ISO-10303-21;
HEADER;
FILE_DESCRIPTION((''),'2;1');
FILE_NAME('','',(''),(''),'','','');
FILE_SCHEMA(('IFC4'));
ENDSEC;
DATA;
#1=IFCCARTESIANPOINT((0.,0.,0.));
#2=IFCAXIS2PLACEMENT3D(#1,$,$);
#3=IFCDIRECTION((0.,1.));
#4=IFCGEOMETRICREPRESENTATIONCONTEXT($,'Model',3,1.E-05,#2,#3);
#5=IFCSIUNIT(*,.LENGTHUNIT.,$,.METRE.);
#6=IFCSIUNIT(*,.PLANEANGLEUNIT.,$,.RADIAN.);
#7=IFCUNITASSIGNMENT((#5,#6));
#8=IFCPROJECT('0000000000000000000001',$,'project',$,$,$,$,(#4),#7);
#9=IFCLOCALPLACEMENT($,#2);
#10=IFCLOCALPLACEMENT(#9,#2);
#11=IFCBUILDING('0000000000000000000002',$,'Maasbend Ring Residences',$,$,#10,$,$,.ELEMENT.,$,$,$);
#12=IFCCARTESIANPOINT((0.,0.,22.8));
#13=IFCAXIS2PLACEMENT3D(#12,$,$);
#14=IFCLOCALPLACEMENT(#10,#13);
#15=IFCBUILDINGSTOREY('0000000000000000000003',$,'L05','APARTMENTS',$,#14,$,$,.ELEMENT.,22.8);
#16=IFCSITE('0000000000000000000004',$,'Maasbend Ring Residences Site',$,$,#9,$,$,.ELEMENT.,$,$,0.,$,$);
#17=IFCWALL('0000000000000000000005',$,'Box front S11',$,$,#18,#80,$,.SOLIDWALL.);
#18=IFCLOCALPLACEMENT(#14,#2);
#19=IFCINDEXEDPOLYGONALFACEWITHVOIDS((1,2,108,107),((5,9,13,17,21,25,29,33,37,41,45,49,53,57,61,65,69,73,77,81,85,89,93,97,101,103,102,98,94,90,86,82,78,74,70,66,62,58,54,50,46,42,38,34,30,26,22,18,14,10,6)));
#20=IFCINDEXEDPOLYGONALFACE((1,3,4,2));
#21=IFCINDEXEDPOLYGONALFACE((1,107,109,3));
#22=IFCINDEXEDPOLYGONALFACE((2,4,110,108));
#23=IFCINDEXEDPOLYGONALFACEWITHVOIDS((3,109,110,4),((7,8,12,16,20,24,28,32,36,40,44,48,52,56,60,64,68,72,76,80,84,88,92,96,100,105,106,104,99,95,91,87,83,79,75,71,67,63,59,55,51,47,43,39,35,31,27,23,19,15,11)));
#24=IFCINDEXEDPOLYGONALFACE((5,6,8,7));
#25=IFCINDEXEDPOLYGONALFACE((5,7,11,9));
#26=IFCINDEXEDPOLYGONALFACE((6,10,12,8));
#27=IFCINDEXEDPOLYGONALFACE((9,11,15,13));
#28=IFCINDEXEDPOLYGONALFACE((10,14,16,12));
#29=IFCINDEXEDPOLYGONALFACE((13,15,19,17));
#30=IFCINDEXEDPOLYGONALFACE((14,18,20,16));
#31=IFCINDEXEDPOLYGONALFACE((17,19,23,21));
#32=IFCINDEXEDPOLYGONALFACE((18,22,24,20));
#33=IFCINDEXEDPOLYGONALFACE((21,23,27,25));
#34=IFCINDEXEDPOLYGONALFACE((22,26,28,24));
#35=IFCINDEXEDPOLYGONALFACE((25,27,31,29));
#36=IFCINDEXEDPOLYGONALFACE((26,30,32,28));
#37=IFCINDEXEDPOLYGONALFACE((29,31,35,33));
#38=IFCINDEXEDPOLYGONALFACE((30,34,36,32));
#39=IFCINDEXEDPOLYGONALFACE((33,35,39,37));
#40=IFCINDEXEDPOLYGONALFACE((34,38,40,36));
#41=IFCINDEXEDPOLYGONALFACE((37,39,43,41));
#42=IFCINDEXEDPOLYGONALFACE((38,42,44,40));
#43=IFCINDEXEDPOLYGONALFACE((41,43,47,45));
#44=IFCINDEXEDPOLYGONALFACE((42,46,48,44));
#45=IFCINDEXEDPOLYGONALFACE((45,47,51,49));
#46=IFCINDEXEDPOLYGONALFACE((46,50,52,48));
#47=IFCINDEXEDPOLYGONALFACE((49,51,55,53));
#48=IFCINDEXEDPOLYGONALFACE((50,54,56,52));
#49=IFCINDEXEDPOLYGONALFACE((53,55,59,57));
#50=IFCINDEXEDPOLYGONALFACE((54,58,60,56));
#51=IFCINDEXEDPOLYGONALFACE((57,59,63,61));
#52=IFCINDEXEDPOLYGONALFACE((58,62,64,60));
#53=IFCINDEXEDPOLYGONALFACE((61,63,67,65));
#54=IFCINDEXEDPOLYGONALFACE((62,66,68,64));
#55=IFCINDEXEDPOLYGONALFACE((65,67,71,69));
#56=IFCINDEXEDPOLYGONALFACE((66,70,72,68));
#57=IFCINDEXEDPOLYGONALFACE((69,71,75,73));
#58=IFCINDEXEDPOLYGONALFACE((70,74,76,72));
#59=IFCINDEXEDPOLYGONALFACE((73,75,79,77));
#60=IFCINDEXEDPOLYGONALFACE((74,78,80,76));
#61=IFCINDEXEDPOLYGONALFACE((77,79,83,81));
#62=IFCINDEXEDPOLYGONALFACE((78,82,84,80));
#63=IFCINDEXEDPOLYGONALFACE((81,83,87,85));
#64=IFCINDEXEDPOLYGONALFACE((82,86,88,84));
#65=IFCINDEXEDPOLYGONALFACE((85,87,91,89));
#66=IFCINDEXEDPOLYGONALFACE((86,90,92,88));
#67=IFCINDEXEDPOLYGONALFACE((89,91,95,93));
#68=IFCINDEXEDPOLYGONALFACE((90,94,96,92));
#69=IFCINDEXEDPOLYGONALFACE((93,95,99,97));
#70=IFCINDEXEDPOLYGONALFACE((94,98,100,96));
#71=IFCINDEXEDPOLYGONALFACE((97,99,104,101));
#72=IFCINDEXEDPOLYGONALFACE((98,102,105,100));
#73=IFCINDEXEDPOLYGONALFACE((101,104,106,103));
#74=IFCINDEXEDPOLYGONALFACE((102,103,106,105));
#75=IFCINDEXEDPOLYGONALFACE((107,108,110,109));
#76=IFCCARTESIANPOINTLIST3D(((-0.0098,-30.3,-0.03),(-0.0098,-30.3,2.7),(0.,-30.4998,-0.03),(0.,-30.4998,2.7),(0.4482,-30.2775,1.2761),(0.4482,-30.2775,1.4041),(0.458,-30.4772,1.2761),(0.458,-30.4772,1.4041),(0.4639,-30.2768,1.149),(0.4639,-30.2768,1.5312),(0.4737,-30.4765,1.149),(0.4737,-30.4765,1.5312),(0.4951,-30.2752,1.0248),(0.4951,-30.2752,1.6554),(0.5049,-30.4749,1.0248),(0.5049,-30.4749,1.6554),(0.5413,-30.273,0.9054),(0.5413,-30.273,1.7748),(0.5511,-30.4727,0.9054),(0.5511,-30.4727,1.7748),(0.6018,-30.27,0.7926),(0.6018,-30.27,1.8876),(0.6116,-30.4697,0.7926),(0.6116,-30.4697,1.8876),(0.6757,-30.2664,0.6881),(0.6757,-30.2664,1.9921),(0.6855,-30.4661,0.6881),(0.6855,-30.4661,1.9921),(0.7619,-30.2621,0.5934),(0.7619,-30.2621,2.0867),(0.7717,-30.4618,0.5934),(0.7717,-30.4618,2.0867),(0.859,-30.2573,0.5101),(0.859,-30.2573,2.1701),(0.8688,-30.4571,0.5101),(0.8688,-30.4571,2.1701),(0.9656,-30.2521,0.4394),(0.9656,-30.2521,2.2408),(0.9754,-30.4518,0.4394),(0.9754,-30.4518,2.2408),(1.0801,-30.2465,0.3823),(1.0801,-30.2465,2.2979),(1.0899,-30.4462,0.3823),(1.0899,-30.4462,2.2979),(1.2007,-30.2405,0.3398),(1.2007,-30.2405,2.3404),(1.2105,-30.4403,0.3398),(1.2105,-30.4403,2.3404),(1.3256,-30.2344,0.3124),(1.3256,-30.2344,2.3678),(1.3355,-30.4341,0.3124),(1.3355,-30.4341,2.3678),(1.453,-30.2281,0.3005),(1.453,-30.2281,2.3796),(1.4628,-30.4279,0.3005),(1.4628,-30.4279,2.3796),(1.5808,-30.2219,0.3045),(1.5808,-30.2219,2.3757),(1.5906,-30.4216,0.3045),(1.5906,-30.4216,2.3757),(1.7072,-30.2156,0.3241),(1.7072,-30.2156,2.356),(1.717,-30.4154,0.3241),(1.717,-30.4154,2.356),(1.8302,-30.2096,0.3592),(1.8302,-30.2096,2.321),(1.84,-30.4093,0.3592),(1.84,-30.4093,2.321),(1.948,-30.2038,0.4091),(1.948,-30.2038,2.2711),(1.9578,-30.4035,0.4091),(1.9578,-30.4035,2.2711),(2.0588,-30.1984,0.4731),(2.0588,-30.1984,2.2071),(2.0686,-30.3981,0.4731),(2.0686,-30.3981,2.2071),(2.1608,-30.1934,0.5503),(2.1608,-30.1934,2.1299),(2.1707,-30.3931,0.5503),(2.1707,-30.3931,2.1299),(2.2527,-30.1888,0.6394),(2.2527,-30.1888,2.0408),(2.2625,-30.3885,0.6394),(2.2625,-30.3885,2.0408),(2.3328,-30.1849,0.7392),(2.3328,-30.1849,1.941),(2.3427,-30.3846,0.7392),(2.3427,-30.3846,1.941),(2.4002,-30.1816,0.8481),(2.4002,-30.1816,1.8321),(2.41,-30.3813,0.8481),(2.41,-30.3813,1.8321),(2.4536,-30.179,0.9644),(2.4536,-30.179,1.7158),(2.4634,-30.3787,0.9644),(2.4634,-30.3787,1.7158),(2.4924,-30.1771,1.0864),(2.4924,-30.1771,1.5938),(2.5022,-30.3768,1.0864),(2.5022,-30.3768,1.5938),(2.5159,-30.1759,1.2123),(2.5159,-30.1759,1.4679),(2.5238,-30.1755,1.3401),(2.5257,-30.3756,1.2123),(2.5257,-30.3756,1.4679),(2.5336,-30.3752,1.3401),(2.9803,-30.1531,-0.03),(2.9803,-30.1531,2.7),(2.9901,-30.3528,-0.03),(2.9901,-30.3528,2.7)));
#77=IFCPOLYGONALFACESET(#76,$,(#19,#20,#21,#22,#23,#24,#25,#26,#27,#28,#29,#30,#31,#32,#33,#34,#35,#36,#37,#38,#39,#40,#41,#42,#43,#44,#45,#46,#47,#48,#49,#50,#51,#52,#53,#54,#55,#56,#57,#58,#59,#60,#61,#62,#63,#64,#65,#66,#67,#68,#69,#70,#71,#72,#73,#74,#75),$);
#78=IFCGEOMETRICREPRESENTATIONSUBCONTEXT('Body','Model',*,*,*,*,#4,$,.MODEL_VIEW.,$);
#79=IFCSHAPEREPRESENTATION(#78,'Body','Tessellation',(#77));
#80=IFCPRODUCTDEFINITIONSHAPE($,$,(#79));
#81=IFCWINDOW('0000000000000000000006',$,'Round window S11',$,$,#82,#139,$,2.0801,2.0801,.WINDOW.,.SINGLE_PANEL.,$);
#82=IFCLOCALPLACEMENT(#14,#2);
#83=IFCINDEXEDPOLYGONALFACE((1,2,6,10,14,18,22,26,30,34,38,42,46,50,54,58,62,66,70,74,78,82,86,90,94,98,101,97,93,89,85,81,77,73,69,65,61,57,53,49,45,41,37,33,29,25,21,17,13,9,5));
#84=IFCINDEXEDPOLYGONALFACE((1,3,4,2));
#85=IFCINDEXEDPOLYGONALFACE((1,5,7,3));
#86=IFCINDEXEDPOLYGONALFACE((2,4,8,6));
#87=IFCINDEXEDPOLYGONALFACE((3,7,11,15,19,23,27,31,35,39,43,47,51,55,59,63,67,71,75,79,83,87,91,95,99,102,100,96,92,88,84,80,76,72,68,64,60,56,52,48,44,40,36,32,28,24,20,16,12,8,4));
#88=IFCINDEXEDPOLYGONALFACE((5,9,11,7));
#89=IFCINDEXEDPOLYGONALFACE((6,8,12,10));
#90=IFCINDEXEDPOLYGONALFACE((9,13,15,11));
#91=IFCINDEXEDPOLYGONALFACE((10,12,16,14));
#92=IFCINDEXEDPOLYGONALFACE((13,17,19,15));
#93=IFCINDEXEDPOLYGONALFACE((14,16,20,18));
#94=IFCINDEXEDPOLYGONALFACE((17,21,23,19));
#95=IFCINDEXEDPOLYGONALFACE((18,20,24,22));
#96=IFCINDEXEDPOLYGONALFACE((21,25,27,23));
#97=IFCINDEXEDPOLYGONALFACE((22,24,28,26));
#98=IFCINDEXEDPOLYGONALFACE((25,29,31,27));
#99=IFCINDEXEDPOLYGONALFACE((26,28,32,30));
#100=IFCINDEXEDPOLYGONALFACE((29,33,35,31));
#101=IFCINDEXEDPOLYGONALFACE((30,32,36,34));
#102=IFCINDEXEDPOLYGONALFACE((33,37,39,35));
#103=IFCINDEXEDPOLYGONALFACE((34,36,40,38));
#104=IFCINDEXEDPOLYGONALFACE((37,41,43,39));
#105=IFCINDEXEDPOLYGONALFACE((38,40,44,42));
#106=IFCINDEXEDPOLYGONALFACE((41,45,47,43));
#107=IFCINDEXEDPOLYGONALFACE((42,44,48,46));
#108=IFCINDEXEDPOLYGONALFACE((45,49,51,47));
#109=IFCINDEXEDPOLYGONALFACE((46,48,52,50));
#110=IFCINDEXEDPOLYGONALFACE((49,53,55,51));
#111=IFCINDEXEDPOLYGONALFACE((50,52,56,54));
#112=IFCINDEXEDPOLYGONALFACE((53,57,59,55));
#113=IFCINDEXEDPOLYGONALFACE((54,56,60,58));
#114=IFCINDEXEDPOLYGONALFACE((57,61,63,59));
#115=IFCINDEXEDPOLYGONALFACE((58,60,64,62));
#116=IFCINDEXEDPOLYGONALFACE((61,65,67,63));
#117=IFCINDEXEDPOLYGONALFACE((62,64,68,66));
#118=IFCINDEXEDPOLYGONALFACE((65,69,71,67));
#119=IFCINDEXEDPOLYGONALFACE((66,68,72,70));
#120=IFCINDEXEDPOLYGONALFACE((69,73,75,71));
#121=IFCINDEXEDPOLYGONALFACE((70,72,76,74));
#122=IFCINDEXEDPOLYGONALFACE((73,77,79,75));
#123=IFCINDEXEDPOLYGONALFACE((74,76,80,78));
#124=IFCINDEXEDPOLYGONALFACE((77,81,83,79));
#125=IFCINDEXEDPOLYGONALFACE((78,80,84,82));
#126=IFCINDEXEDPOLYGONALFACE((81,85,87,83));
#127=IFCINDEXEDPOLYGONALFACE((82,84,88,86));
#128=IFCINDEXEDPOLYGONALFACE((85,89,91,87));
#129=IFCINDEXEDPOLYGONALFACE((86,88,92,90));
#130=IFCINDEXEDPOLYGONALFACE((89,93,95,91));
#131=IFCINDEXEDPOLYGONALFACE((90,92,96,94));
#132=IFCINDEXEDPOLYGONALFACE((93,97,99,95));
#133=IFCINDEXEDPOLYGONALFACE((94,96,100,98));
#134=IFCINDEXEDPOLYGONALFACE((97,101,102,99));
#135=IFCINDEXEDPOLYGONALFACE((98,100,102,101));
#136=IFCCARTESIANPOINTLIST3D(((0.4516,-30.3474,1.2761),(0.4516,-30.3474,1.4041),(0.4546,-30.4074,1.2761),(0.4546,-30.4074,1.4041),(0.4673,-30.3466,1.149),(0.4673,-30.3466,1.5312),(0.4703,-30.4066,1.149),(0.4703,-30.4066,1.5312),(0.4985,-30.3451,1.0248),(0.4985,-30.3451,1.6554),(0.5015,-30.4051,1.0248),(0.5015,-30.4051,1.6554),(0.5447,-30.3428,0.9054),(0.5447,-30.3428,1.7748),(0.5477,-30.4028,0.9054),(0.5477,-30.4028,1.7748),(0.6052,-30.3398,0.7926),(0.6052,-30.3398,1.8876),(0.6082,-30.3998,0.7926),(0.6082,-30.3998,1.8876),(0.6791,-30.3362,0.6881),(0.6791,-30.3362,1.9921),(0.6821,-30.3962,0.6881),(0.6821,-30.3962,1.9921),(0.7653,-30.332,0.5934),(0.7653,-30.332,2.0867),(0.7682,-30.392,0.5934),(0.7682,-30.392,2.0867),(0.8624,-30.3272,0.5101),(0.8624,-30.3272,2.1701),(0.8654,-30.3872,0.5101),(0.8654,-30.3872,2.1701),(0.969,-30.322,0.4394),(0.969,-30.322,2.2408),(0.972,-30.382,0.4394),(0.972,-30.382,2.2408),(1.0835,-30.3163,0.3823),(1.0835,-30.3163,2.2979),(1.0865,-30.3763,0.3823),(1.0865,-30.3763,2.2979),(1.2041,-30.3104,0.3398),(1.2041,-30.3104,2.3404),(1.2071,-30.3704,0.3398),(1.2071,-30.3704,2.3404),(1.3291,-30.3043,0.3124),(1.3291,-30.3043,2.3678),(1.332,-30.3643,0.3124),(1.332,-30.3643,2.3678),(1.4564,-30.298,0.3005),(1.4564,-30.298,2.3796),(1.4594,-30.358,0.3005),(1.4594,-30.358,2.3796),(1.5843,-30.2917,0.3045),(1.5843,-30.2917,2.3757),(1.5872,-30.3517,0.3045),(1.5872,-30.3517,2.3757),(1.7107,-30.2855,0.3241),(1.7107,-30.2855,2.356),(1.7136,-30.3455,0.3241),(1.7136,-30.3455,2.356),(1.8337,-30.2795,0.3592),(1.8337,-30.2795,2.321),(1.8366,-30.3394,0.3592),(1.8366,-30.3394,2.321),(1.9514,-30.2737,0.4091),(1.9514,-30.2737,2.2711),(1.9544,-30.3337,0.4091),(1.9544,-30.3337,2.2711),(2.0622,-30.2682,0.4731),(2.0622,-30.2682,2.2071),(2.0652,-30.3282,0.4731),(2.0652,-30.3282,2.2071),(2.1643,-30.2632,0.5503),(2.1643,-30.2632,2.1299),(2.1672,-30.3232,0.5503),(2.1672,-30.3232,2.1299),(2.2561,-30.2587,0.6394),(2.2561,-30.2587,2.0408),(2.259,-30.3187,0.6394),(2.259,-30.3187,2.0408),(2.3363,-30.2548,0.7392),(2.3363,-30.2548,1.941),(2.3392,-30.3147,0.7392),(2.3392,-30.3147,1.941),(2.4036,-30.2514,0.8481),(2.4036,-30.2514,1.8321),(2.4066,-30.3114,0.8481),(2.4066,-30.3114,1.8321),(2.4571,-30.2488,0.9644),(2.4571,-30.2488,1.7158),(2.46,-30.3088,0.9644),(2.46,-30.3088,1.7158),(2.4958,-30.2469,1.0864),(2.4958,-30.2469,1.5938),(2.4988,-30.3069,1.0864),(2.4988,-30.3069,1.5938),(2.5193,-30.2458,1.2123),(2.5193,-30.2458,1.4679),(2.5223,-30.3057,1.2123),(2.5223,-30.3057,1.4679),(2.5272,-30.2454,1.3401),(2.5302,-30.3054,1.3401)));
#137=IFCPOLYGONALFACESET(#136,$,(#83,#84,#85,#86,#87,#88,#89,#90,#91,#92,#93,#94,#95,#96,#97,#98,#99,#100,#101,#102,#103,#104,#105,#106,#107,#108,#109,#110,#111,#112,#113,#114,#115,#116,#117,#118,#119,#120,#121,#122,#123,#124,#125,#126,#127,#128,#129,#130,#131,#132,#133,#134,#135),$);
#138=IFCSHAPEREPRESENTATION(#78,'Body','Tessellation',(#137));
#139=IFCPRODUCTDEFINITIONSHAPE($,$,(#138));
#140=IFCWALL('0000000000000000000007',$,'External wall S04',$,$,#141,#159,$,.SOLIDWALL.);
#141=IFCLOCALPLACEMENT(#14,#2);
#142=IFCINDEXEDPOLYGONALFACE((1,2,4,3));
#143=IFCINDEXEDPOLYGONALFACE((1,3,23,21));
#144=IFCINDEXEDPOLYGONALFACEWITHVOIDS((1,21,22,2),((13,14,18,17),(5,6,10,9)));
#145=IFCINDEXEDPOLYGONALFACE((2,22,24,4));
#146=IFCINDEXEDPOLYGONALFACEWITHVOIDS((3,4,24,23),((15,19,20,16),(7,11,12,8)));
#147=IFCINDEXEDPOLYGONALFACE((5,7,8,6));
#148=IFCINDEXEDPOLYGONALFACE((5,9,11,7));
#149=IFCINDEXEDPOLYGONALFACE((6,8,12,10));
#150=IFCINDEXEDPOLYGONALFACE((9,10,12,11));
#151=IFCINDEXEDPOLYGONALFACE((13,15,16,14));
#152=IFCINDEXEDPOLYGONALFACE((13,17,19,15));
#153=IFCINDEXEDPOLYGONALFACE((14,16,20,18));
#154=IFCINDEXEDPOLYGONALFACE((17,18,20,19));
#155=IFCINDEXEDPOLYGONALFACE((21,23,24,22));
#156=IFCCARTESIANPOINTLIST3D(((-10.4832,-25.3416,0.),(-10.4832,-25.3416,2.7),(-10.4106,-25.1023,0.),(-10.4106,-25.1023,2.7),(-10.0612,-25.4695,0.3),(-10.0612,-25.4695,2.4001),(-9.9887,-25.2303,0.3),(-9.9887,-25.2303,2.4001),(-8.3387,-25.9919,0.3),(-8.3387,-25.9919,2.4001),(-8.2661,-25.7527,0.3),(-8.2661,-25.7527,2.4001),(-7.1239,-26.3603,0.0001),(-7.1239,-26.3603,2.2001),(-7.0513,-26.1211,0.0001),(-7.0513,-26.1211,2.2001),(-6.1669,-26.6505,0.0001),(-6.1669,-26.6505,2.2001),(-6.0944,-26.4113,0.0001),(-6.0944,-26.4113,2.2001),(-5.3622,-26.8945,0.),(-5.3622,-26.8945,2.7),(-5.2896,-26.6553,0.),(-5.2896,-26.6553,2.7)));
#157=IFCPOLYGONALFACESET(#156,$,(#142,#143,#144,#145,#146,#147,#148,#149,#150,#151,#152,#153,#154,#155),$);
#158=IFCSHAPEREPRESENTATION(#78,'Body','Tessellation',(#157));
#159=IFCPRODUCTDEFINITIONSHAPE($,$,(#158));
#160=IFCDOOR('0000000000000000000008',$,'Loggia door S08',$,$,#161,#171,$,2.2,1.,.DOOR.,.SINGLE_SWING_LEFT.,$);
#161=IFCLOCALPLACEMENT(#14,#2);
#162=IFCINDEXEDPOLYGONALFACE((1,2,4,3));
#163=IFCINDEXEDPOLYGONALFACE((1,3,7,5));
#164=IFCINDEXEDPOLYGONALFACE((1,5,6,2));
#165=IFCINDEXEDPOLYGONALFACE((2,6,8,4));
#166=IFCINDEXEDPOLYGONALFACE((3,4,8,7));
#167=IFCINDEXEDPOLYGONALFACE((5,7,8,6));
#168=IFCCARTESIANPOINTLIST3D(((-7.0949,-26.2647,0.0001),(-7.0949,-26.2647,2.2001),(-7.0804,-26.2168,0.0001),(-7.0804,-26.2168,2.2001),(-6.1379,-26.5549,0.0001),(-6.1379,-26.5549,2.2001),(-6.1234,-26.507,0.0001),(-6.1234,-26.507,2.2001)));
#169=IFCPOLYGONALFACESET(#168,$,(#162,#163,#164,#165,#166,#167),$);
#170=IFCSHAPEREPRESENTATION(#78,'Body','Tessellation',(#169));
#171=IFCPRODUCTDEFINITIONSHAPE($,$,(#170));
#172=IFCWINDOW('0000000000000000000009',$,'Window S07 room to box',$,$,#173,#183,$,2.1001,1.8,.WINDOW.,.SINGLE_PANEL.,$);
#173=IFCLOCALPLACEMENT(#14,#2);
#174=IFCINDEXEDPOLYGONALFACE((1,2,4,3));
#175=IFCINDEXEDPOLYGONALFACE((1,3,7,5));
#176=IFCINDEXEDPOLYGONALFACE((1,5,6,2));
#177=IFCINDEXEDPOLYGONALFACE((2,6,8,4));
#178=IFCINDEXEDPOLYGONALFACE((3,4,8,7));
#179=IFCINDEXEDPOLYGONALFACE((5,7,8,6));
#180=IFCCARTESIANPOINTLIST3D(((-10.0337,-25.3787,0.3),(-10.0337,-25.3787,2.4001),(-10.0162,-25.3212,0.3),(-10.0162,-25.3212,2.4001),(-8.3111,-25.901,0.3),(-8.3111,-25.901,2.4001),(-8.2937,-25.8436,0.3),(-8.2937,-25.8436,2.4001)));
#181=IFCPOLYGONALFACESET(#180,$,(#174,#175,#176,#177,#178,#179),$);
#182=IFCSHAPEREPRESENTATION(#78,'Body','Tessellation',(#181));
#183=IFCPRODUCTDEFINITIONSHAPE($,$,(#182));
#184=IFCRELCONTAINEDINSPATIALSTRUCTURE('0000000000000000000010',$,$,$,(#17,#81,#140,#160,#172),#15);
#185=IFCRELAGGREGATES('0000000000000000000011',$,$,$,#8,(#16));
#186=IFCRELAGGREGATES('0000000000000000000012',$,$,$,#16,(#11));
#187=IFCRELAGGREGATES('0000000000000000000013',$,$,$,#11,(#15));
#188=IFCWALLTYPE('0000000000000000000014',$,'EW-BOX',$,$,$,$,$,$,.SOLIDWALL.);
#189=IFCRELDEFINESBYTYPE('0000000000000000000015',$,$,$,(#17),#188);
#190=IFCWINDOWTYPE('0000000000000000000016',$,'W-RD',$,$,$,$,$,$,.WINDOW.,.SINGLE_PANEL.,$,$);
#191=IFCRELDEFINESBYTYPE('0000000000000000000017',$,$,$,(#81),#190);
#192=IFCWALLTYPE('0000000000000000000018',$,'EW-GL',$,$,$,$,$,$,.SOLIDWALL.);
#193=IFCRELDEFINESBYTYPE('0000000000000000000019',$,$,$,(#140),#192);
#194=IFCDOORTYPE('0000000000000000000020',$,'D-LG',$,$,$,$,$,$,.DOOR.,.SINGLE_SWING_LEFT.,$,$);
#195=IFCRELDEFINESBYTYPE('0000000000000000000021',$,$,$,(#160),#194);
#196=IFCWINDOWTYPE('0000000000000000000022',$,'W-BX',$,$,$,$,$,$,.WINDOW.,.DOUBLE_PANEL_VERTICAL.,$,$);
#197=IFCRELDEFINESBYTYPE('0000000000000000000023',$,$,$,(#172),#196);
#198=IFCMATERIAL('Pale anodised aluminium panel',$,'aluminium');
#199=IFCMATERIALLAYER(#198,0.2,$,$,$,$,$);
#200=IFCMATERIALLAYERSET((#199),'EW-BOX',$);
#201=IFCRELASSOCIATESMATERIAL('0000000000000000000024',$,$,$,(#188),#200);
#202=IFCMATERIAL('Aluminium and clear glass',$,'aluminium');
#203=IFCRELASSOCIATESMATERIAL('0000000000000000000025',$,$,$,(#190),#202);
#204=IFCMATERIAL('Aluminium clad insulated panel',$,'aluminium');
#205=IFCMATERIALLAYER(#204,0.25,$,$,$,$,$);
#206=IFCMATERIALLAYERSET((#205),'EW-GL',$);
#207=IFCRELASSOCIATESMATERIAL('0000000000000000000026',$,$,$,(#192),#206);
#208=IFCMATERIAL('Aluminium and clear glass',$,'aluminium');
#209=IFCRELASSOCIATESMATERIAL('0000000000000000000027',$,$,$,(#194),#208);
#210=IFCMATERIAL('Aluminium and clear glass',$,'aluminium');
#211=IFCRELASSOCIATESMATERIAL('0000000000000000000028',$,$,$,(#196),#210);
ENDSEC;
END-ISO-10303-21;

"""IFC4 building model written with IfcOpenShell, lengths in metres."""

from ifc_helpers import new_model, si_unit, direction, frame, frame_2d, origin, place, context, subcontext, project, spatial, rectangle, circle, extrude, material, layer, layer_set, type_object, element, fill, save


model = new_model("IFC4")

# Units and contexts
model_context = context("Model", 3, precision=1e-05, world=origin(), true_north=direction((0.0, 1.0)))
body_context = subcontext(model_context, "Body", "Model", "MODEL_VIEW")
ifc_project = project(units=[si_unit("LENGTHUNIT", "METRE"), si_unit("PLANEANGLEUNIT", "RADIAN")], contexts=[model_context])

# Site, building, storey
site_placement = place(None, origin())
site = spatial("IfcSite", under=ifc_project, at=site_placement, Name="Maasbend Ring Residences Site", CompositionType="ELEMENT", RefElevation=0.0)
building_placement = place(site_placement, origin())
building = spatial("IfcBuilding", under=site, at=building_placement, Name="Maasbend Ring Residences", CompositionType="ELEMENT")
storey_placement = place(building_placement, frame((0.0, 0.0, 22.8)))
storey = spatial("IfcBuildingStorey", under=building, at=storey_placement, Name="L05", Description="APARTMENTS", CompositionType="ELEMENT", Elevation=22.8)

# Shared definitions
ifc_material_1 = material(Name="Pale anodised aluminium panel", Category="aluminium")
ifc_layer_1 = layer(ifc_material_1, 0.2)
ifc_layer_set_1 = layer_set([ifc_layer_1], Name="EW-BOX")
wall_type_1 = type_object("IfcWallType", Name="EW-BOX", PredefinedType="SOLIDWALL", material=ifc_layer_set_1)

# Shared definitions
ifc_material_2 = material(Name="Aluminium and clear glass", Category="aluminium")
window_type_1 = type_object("IfcWindowType", Name="W-RD", PartitioningType="SINGLE_PANEL", PredefinedType="WINDOW", material=ifc_material_2)

# Wall, opening, window
wall_1_placement = place(storey_placement, frame((-0.0049, -30.3999, -0.03), z_axis=(0.0, 0.0, 1.0), x_axis=(0.998794, 0.049096, 0.0)))
wall_1 = element("IfcWall", 1, at=wall_1_placement, inside=storey, type_object=wall_type_1, Name="Box front S11", PredefinedType="SOLIDWALL", context=body_context, shape_type="SweptSolid", body=[
    extrude(rectangle(XDim=2.9937, YDim=0.2, at=frame_2d((1.4968, 0.0))), origin(), (0.0, 0.0, 1.0), 2.73),
])
opening_1_placement = place(wall_1_placement, frame((0.4565, 0.0, 0.3301)))
opening_1 = element("IfcOpeningElement", 2, at=opening_1_placement, cuts=wall_1, PredefinedType="OPENING", context=body_context, shape_type="SweptSolid", body=[
    extrude(circle(Radius=1.04, at=frame_2d((1.04, 1.04))), frame((0.0, 0.1099, 0.0), z_axis=(0.0, -1.0, 0.0), x_axis=(1.0, 0.0, 0.0)), (0.0, 0.0, 1.0), 0.22),
])
window_1_placement = place(opening_1_placement, origin())
window_1 = element("IfcWindow", 3, at=window_1_placement, inside=storey, type_object=window_type_1, Name="Round window S11", OverallHeight=2.0801, OverallWidth=2.0801, PartitioningType="SINGLE_PANEL", PredefinedType="WINDOW", context=body_context, shape_type="SweptSolid", body=[
    extrude(circle(Radius=1.04, at=frame_2d((1.04, 1.04))), frame((0.0, 0.03, 0.0), z_axis=(0.0, -1.0, 0.0), x_axis=(1.0, 0.0, 0.0)), (0.0, 0.0, 1.0), 0.0601),
])
fill(opening_1, window_1)

# Wall, openings, door, window
ifc_material_3 = material(Name="Aluminium clad insulated panel", Category="aluminium")
ifc_layer_2 = layer(ifc_material_3, 0.25)
ifc_layer_set_2 = layer_set([ifc_layer_2], Name="EW-GL")
wall_type_2 = type_object("IfcWallType", Name="EW-GL", PredefinedType="SOLIDWALL", material=ifc_layer_set_2)
wall_2_placement = place(storey_placement, frame((-10.447, -25.2219, 0.0), z_axis=(0.0, 0.0, 1.0), x_axis=(0.956966, -0.290201, 0.0)))
wall_2 = element("IfcWall", 4, at=wall_2_placement, inside=storey, type_object=wall_type_2, Name="External wall S04", PredefinedType="SOLIDWALL", context=body_context, shape_type="SweptSolid", body=[
    extrude(rectangle(XDim=5.3513, YDim=0.25, at=frame_2d((2.6758, 0.0))), origin(), (0.0, 0.0, 1.0), 2.7),
])
opening_2_placement = place(wall_2_placement, frame((0.4412, 0.0, 0.3)))
opening_2 = element("IfcOpeningElement", 5, at=opening_2_placement, cuts=wall_2, PredefinedType="OPENING", context=body_context, shape_type="SweptSolid", body=[
    extrude(rectangle(XDim=1.8, YDim=2.1001, at=frame_2d((0.8999, 1.05))), frame((0.0, 0.135, 0.0), z_axis=(0.0, -1.0, 0.0), x_axis=(1.0, 0.0, 0.0)), (0.0, 0.0, 1.0), 0.27),
])
opening_3_placement = place(wall_2_placement, frame((3.5105, 0.0, 0.0)))
opening_3 = element("IfcOpeningElement", 6, at=opening_3_placement, cuts=wall_2, PredefinedType="OPENING", context=body_context, shape_type="SweptSolid", body=[
    extrude(rectangle(XDim=1.0, YDim=2.2, at=frame_2d((0.5, 1.1001))), frame((0.0, 0.135, 0.0), z_axis=(0.0, -1.0, 0.0), x_axis=(1.0, 0.0, 0.0)), (0.0, 0.0, 1.0), 0.27),
])
ifc_material_4 = material(Name="Aluminium and clear glass", Category="aluminium")
door_type_1 = type_object("IfcDoorType", Name="D-LG", OperationType="SINGLE_SWING_LEFT", PredefinedType="DOOR", material=ifc_material_4)
door_1_placement = place(opening_3_placement, origin())
door_1 = element("IfcDoor", 7, at=door_1_placement, inside=storey, type_object=door_type_1, Name="Loggia door S08", OperationType="SINGLE_SWING_LEFT", OverallHeight=2.2, OverallWidth=1.0, PredefinedType="DOOR", context=body_context, shape_type="SweptSolid", body=[
    extrude(rectangle(XDim=1.0, YDim=2.2, at=frame_2d((0.5, 1.1001))), frame((0.0, 0.0249, 0.0), z_axis=(0.0, -1.0, 0.0), x_axis=(1.0, 0.0, 0.0)), (0.0, 0.0, 1.0), 0.05),
])
fill(opening_3, door_1)
ifc_material_5 = material(Name="Aluminium and clear glass", Category="aluminium")
window_type_2 = type_object("IfcWindowType", Name="W-BX", PartitioningType="DOUBLE_PANEL_VERTICAL", PredefinedType="WINDOW", material=ifc_material_5)
window_2_placement = place(opening_2_placement, origin())
window_2 = element("IfcWindow", 8, at=window_2_placement, inside=storey, type_object=window_type_2, Name="Window S07 room to box", OverallHeight=2.1001, OverallWidth=1.8, PartitioningType="SINGLE_PANEL", PredefinedType="WINDOW", context=body_context, shape_type="SweptSolid", body=[
    extrude(rectangle(XDim=1.8, YDim=2.1001, at=frame_2d((0.8999, 1.05))), frame((0.0, 0.03, 0.0), z_axis=(0.0, -1.0, 0.0), x_axis=(1.0, 0.0, 0.0)), (0.0, 0.0, 1.0), 0.0601),
])
fill(opening_2, window_2)

save(model, "model.ifc")
